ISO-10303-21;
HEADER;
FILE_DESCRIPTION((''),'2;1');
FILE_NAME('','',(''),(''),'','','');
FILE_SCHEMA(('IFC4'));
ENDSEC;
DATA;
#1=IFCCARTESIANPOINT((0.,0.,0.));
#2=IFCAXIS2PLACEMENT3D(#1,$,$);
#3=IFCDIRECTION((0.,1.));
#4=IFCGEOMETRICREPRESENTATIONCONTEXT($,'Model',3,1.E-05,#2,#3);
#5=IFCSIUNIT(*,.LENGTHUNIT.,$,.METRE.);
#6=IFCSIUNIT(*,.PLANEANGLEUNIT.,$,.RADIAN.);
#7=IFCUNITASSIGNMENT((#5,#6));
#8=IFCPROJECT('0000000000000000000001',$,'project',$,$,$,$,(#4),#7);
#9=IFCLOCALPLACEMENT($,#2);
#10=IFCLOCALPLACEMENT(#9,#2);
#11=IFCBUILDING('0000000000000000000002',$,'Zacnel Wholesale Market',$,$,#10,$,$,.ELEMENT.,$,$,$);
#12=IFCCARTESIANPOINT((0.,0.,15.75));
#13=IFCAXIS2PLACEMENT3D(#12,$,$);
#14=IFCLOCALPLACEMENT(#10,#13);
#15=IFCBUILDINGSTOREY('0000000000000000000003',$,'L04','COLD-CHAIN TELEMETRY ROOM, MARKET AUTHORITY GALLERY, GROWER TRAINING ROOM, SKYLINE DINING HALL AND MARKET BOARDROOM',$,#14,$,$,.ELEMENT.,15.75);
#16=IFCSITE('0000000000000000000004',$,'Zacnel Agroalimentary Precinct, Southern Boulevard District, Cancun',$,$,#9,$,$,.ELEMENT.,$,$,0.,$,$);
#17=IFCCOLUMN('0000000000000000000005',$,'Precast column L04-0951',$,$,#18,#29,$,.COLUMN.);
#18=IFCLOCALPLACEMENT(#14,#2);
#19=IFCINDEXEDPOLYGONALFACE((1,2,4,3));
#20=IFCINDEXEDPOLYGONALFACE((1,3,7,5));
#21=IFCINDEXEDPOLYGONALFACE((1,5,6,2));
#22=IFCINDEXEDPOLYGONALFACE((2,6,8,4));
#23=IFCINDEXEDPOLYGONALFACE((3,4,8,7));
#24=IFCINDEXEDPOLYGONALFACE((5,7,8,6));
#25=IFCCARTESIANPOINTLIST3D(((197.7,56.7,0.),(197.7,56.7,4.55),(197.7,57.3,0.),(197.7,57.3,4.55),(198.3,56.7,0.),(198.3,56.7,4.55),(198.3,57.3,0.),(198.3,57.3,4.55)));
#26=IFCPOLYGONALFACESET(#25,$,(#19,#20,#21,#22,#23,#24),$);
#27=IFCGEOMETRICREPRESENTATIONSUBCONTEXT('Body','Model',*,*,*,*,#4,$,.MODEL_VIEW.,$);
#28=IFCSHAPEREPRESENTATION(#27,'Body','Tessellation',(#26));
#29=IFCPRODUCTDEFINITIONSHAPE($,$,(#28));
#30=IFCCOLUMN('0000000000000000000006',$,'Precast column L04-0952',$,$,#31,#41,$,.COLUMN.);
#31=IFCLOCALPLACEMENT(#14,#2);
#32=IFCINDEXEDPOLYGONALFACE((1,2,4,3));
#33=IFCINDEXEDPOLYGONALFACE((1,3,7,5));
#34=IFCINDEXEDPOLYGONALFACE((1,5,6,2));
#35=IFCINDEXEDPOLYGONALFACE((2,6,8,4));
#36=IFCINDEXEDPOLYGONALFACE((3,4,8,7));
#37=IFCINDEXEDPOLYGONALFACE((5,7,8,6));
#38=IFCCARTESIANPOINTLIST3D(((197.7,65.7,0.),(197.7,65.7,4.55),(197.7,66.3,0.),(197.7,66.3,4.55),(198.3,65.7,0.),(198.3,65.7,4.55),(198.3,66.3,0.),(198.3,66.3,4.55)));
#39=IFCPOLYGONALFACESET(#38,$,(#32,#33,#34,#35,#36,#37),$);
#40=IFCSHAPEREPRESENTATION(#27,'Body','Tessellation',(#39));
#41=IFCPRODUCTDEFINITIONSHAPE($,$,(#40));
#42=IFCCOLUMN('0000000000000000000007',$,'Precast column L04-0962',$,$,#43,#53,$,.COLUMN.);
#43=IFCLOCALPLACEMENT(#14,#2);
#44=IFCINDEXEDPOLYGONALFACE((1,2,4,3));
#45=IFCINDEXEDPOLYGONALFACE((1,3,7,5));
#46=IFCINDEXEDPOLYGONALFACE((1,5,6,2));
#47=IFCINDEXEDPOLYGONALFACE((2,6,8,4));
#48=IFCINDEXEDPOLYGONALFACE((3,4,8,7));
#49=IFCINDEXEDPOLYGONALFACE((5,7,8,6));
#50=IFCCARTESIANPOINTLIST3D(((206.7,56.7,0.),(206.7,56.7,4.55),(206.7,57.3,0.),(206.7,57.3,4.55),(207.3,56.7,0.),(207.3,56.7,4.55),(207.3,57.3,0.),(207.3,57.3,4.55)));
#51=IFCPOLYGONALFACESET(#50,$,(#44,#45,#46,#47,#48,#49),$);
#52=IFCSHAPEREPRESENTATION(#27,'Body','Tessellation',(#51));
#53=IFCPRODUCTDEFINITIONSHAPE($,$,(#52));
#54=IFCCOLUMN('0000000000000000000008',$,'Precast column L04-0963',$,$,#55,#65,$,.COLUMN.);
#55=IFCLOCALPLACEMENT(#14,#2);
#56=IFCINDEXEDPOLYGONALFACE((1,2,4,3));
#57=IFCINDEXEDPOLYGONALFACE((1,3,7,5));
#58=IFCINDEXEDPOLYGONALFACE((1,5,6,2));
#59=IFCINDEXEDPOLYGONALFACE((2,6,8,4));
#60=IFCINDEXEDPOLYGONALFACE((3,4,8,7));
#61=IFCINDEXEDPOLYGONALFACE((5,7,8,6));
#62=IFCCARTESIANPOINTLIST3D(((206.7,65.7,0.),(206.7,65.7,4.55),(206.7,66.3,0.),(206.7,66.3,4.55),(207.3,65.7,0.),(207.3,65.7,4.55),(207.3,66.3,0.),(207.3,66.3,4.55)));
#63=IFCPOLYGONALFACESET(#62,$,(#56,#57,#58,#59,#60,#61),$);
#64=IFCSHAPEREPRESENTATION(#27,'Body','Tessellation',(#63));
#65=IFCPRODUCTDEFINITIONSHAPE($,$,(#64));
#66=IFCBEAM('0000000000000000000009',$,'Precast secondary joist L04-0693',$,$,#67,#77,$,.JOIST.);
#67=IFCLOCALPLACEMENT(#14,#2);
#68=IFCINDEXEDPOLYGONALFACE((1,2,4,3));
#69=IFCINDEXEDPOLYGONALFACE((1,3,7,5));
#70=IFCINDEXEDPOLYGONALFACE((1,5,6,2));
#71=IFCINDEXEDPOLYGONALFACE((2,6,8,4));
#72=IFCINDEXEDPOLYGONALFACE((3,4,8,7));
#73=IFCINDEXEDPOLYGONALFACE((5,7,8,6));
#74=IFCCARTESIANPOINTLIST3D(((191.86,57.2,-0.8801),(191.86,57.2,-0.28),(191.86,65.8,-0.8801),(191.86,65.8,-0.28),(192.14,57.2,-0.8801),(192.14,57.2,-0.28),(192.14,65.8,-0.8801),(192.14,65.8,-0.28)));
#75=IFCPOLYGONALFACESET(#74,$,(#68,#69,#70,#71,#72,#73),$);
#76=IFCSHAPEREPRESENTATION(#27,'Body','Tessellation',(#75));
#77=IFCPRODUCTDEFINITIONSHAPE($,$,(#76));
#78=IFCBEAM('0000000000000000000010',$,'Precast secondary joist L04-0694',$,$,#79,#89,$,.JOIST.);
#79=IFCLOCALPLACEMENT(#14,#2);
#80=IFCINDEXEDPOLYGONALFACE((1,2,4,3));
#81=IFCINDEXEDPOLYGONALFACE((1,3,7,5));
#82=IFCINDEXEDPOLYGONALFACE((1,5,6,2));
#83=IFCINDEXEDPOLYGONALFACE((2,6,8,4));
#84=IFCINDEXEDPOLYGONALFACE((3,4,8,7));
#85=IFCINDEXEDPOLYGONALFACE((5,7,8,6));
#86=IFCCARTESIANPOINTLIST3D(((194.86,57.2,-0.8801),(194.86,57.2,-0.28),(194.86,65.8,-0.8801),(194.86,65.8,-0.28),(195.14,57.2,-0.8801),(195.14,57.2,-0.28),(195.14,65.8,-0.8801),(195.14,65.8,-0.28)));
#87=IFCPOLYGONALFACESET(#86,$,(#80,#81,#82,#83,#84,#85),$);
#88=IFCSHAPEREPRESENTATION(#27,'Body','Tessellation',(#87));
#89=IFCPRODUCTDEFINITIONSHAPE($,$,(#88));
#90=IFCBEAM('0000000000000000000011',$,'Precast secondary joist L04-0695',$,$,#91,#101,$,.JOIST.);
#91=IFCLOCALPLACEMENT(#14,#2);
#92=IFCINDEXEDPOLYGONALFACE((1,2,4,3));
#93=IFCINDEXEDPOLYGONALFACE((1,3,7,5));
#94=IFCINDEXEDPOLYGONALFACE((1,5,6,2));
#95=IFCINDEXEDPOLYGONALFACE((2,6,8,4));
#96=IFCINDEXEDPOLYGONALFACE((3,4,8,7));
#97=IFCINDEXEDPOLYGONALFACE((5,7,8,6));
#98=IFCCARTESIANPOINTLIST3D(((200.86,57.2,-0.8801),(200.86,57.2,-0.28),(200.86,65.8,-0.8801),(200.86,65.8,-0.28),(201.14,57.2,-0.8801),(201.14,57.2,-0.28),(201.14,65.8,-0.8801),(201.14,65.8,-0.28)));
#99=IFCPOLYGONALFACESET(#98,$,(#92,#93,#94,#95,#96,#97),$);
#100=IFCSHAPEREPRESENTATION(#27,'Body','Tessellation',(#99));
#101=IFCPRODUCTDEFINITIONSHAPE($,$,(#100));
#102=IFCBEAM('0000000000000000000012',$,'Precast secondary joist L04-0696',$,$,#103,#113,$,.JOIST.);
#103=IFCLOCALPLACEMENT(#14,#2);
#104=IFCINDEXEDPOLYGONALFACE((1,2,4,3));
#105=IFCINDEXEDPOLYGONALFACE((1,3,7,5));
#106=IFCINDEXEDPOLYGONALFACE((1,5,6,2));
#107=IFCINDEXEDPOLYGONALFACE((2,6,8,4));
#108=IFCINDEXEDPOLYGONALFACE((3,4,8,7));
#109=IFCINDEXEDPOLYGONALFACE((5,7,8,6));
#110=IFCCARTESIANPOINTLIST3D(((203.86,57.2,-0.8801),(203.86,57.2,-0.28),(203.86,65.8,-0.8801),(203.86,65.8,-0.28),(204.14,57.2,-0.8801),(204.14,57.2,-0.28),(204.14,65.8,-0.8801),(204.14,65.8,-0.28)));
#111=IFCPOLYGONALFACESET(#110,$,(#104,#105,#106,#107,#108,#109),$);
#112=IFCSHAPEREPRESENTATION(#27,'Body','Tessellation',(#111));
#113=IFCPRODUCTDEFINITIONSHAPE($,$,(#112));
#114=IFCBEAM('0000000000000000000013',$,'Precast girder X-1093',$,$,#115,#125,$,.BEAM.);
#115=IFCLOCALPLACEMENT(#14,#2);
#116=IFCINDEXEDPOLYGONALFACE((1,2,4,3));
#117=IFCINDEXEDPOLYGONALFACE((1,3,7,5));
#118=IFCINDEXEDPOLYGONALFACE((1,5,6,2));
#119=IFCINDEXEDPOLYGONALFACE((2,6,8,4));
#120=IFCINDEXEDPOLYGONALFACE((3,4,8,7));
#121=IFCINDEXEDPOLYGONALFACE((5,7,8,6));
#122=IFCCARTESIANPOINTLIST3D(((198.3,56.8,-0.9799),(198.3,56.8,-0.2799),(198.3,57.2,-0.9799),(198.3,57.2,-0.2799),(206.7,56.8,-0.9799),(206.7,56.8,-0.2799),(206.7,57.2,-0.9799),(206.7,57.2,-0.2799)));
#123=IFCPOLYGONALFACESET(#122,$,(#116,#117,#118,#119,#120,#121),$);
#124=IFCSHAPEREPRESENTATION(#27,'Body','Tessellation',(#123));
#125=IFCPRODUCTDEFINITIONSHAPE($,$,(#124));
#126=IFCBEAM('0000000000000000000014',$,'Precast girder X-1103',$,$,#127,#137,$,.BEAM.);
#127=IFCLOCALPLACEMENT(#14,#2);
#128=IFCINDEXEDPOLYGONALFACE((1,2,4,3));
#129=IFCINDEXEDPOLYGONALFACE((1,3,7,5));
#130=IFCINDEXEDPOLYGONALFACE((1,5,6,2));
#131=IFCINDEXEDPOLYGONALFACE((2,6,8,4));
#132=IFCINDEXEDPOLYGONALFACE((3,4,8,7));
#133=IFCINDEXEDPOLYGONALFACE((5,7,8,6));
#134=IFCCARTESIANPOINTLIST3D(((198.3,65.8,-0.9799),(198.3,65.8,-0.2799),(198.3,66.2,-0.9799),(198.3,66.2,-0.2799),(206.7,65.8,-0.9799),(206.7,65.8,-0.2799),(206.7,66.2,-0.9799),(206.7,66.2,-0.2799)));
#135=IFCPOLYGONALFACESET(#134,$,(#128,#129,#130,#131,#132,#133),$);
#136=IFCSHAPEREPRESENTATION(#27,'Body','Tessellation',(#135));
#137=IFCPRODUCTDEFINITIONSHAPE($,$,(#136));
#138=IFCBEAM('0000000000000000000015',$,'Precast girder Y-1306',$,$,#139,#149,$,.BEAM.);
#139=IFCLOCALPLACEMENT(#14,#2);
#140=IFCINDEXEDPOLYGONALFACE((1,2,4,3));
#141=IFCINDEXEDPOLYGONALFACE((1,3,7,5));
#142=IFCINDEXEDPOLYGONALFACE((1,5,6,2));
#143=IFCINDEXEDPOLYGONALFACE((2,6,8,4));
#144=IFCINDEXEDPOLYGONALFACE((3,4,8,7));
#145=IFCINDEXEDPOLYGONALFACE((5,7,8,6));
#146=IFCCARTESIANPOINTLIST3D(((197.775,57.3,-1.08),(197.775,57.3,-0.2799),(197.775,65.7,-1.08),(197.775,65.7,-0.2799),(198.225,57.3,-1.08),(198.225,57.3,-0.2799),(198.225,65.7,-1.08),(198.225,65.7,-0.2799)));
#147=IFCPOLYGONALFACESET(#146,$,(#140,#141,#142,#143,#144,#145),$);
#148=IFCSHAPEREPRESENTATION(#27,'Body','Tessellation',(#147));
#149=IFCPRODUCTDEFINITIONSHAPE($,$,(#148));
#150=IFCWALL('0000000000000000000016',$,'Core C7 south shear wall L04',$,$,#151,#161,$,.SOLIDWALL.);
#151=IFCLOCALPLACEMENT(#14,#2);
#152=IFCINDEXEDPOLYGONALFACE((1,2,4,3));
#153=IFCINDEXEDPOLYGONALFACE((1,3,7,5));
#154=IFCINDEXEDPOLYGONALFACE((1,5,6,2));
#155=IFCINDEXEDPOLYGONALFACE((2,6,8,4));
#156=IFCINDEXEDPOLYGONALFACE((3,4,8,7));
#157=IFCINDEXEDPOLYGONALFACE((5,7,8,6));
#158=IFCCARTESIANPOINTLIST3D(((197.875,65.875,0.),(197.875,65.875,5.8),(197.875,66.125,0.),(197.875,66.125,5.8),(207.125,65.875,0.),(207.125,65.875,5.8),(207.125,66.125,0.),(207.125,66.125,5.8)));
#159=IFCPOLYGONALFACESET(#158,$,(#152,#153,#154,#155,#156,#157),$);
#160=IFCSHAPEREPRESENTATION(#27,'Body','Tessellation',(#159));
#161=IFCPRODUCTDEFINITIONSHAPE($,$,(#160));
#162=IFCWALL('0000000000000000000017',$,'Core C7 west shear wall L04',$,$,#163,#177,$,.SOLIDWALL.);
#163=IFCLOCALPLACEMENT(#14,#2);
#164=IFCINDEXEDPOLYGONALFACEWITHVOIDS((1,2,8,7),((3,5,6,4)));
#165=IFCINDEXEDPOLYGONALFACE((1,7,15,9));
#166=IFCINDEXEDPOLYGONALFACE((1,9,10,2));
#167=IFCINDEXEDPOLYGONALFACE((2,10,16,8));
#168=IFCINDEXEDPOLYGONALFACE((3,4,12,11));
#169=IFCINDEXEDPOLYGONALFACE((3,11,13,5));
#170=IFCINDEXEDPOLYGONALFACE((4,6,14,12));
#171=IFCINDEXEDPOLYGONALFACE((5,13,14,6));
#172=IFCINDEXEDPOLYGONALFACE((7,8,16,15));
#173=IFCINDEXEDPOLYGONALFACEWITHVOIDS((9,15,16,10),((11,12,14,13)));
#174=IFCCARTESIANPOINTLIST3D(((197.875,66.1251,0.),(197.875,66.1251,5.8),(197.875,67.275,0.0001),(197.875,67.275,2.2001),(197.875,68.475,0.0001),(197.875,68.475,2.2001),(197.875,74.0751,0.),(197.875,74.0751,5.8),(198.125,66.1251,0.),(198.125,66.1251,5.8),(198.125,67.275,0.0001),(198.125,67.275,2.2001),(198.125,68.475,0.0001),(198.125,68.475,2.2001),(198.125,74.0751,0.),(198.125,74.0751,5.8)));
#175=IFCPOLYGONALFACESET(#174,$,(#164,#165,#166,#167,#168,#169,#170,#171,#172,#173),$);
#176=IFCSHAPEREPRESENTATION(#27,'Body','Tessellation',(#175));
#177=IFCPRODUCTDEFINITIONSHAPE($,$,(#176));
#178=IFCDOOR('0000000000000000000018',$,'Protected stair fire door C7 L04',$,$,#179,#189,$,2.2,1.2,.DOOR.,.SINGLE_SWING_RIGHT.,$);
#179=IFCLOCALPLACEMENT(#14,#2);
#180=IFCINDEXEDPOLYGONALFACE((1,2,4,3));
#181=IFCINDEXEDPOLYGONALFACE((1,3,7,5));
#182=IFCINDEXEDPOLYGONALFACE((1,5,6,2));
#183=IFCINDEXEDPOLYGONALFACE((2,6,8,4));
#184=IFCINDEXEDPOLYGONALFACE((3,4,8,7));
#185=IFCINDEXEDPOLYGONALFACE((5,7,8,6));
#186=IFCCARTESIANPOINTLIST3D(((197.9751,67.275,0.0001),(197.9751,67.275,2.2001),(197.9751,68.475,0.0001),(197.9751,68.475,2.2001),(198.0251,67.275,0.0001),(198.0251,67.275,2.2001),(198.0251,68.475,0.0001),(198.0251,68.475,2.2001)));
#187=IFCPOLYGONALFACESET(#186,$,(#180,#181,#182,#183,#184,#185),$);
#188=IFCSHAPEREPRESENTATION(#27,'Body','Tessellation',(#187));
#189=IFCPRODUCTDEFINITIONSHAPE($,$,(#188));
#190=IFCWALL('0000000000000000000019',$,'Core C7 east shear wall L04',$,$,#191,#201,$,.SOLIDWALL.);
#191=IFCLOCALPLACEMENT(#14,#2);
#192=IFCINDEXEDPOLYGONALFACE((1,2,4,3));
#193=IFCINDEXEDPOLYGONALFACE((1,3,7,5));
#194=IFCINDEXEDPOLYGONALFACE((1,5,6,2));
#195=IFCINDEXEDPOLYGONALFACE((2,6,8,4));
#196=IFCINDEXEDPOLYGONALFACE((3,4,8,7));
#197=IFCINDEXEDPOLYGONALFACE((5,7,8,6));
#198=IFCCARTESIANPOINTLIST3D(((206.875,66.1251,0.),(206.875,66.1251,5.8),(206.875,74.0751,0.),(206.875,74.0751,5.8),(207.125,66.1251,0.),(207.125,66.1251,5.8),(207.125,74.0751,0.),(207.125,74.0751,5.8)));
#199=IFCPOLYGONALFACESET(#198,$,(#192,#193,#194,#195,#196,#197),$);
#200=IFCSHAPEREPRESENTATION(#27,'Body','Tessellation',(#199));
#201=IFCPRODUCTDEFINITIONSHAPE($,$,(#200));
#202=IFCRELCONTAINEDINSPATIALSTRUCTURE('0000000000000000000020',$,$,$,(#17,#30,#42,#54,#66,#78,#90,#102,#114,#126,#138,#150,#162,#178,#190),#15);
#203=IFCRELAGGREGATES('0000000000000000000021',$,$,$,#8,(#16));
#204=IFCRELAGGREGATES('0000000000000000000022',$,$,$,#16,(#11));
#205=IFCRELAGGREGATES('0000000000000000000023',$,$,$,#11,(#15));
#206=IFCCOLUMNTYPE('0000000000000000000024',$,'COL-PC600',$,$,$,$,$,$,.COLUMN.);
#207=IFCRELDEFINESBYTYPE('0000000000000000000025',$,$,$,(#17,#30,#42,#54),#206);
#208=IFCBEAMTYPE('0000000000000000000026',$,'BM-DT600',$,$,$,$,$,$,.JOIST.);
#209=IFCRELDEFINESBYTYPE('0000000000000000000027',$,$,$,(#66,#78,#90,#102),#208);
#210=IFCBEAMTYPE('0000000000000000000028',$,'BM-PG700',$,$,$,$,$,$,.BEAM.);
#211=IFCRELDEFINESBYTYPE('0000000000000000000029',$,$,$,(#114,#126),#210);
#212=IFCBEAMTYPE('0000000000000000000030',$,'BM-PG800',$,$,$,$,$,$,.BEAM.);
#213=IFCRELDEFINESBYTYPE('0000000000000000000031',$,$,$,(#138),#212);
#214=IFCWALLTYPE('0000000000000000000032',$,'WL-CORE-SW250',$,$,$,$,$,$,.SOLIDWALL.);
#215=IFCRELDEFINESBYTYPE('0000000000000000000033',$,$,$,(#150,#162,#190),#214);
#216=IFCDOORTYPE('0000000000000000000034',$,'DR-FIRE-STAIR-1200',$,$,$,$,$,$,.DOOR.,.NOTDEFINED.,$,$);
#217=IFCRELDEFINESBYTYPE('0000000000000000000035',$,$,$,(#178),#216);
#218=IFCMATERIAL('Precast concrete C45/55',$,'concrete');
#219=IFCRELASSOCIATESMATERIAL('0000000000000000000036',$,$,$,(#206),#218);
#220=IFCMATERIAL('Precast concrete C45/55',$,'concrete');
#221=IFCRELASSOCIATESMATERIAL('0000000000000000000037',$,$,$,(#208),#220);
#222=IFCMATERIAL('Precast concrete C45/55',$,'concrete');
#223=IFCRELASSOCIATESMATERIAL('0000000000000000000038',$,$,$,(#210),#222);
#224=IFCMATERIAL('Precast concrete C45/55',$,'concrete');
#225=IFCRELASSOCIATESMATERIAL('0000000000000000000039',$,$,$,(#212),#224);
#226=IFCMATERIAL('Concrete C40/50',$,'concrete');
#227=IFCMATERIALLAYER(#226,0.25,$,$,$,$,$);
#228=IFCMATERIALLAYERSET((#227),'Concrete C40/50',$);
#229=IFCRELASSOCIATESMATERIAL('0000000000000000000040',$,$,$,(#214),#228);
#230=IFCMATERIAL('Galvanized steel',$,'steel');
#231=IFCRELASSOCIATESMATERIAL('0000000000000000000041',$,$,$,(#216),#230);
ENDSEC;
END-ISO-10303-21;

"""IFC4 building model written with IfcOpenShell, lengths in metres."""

from ifc_helpers import new_model, si_unit, direction, frame, frame_2d, origin, origin_2d, place, context, subcontext, project, spatial, rectangle, extrude, material, layer, layer_set, material_profile, profile_set, type_object, element, fill, save


model = new_model("IFC4")

# Units and contexts
model_context = context("Model", 3, precision=1e-05, world=origin(), true_north=direction((0.0, 1.0)))
body_context = subcontext(model_context, "Body", "Model", "MODEL_VIEW")
ifc_project = project(units=[si_unit("LENGTHUNIT", "METRE"), si_unit("PLANEANGLEUNIT", "RADIAN")], contexts=[model_context])

# Site, building, storey
site_placement = place(None, origin())
site = spatial("IfcSite", under=ifc_project, at=site_placement, Name="Zacnel Agroalimentary Precinct, Southern Boulevard District, Cancun", CompositionType="ELEMENT", RefElevation=0.0)
building_placement = place(site_placement, origin())
building = spatial("IfcBuilding", under=site, at=building_placement, Name="Zacnel Wholesale Market", CompositionType="ELEMENT")
storey_placement = place(building_placement, frame((0.0, 0.0, 15.75)))
storey = spatial("IfcBuildingStorey", under=building, at=storey_placement, Name="L04", Description="COLD-CHAIN TELEMETRY ROOM, MARKET AUTHORITY GALLERY, GROWER TRAINING ROOM, SKYLINE DINING HALL AND MARKET BOARDROOM", CompositionType="ELEMENT", Elevation=15.75)

# Columns
ifc_material_1 = material(Name="Precast concrete C45/55", Category="concrete")
ifc_material_profile_1 = material_profile(ifc_material_1, rectangle(XDim=0.6001, YDim=0.6001, at=origin_2d()), Name="PC 600x600")
ifc_profile_set_1 = profile_set([ifc_material_profile_1], Name="Precast concrete C45/55")
column_type = type_object("IfcColumnType", Name="COL-PC600", PredefinedType="COLUMN", material=ifc_profile_set_1)
for number, where, z_axis, x_axis, name in (
    (1, (198.0, 57.0, 0.0), (0.0, 0.0, 1.0), (1.0, 0.0, 0.0), "Precast column L04-0951"),
    (2, (198.0, 66.0, 0.0), (0.0, 0.0, 1.0), (1.0, 0.0, 0.0), "Precast column L04-0952"),
    (3, (207.0, 57.0, 0.0), (0.0, 0.0, 1.0), (1.0, 0.0, 0.0), "Precast column L04-0962"),
    (4, (207.0, 66.0, 0.0), (0.0, 0.0, 1.0), (1.0, 0.0, 0.0), "Precast column L04-0963"),
):
    element("IfcColumn", number, at=place(storey_placement, frame(where, z_axis=z_axis, x_axis=x_axis)), inside=storey, type_object=column_type, Name=name, PredefinedType="COLUMN", context=body_context, shape_type="SweptSolid", body=[
        extrude(rectangle(XDim=0.6001, YDim=0.6001, at=origin_2d()), origin(), (0.0, 0.0, 1.0), 4.55),
    ])

# Beams
ifc_material_2 = material(Name="Precast concrete C45/55", Category="concrete")
ifc_material_profile_2 = material_profile(ifc_material_2, rectangle(XDim=0.28, YDim=0.6001, at=origin_2d()), Name="DT RIB 280x600")
ifc_profile_set_2 = profile_set([ifc_material_profile_2], Name="Precast concrete C45/55")
beam_type_1 = type_object("IfcBeamType", Name="BM-DT600", PredefinedType="JOIST", material=ifc_profile_set_2)
for number, where, z_axis, x_axis, name in (
    (5, (192.0, 57.2, -0.5801), (0.0, 1.0, 0.0), (-1.0, 0.0, 0.0), "Precast secondary joist L04-0693"),
    (6, (195.0, 57.2, -0.5801), (0.0, 1.0, 0.0), (-1.0, 0.0, 0.0), "Precast secondary joist L04-0694"),
    (7, (201.0, 57.2, -0.5801), (0.0, 1.0, 0.0), (-1.0, 0.0, 0.0), "Precast secondary joist L04-0695"),
    (8, (204.0, 57.2, -0.5801), (0.0, 1.0, 0.0), (-1.0, 0.0, 0.0), "Precast secondary joist L04-0696"),
):
    element("IfcBeam", number, at=place(storey_placement, frame(where, z_axis=z_axis, x_axis=x_axis)), inside=storey, type_object=beam_type_1, Name=name, PredefinedType="JOIST", context=body_context, shape_type="SweptSolid", body=[
        extrude(rectangle(XDim=0.28, YDim=0.6001, at=origin_2d()), origin(), (0.0, 0.0, 1.0), 8.6001),
    ])
ifc_material_3 = material(Name="Precast concrete C45/55", Category="concrete")
ifc_material_profile_3 = material_profile(ifc_material_3, rectangle(XDim=0.3999, YDim=0.7, at=origin_2d()), Name="PG 400x700")
ifc_profile_set_3 = profile_set([ifc_material_profile_3], Name="Precast concrete C45/55")
beam_type_2 = type_object("IfcBeamType", Name="BM-PG700", PredefinedType="BEAM", material=ifc_profile_set_3)
for number, where, z_axis, x_axis, name in (
    (9, (198.3, 57.0, -0.6299), (1.0, 0.0, 0.0), (0.0, 1.0, 0.0), "Precast girder X-1093"),
    (10, (198.3, 66.0, -0.6299), (1.0, 0.0, 0.0), (0.0, 1.0, 0.0), "Precast girder X-1103"),
):
    element("IfcBeam", number, at=place(storey_placement, frame(where, z_axis=z_axis, x_axis=x_axis)), inside=storey, type_object=beam_type_2, Name=name, PredefinedType="BEAM", context=body_context, shape_type="SweptSolid", body=[
        extrude(rectangle(XDim=0.3999, YDim=0.7, at=origin_2d()), origin(), (0.0, 0.0, 1.0), 8.3999),
    ])
ifc_material_4 = material(Name="Precast concrete C45/55", Category="concrete")
ifc_material_profile_4 = material_profile(ifc_material_4, rectangle(XDim=0.45, YDim=0.8, at=origin_2d()), Name="PG 450x800")
ifc_profile_set_4 = profile_set([ifc_material_profile_4], Name="Precast concrete C45/55")
beam_type_3 = type_object("IfcBeamType", Name="BM-PG800", PredefinedType="BEAM", material=ifc_profile_set_4)
beam_placement = place(storey_placement, frame((198.0, 57.3, -0.6799), z_axis=(0.0, 1.0, 0.0), x_axis=(-1.0, 0.0, 0.0)))
element("IfcBeam", 11, at=beam_placement, inside=storey, type_object=beam_type_3, Name="Precast girder Y-1306", PredefinedType="BEAM", context=body_context, shape_type="SweptSolid", body=[
    extrude(rectangle(XDim=0.45, YDim=0.8, at=origin_2d()), origin(), (0.0, 0.0, 1.0), 8.3999),
])

# Wall
ifc_material_5 = material(Name="Concrete C40/50", Category="concrete")
ifc_layer = layer(ifc_material_5, 0.25)
ifc_layer_set = layer_set([ifc_layer], Name="Concrete C40/50")
wall_type = type_object("IfcWallType", Name="WL-CORE-SW250", PredefinedType="SOLIDWALL", material=ifc_layer_set)
wall_1_placement = place(storey_placement, frame((197.875, 66.0, 0.0), z_axis=(0.0, 0.0, 1.0), x_axis=(1.0, 0.0, 0.0)))
element("IfcWall", 12, at=wall_1_placement, inside=storey, type_object=wall_type, Name="Core C7 south shear wall L04", PredefinedType="SOLIDWALL", context=body_context, shape_type="SweptSolid", body=[
    extrude(rectangle(XDim=9.25, YDim=0.25, at=frame_2d((4.625, 0.0))), origin(), (0.0, 0.0, 1.0), 5.8),
])

# Wall, opening, door
wall_2_placement = place(storey_placement, frame((198.0, 66.125, 0.0), z_axis=(0.0, 0.0, 1.0), x_axis=(0.0, 1.0, 0.0)))
wall_2 = element("IfcWall", 13, at=wall_2_placement, inside=storey, type_object=wall_type, Name="Core C7 west shear wall L04", PredefinedType="SOLIDWALL", context=body_context, shape_type="SweptSolid", body=[
    extrude(rectangle(XDim=7.95, YDim=0.25, at=frame_2d((3.9751, 0.0))), origin(), (0.0, 0.0, 1.0), 5.8),
])
opening_placement = place(wall_2_placement, frame((1.1499, 0.0, 0.0)))
opening = element("IfcOpeningElement", 14, at=opening_placement, cuts=wall_2, PredefinedType="OPENING", context=body_context, shape_type="SweptSolid", body=[
    extrude(rectangle(XDim=1.2, YDim=2.2, at=frame_2d((0.6001, 1.1001))), frame((0.0, 0.135, 0.0), z_axis=(0.0, -1.0, 0.0), x_axis=(1.0, 0.0, 0.0)), (0.0, 0.0, 1.0), 0.27),
])
ifc_material_6 = material(Name="Galvanized steel", Category="steel")
door_type = type_object("IfcDoorType", Name="DR-FIRE-STAIR-1200", OperationType="NOTDEFINED", PredefinedType="DOOR", material=ifc_material_6)
door_placement = place(opening_placement, origin())
door = element("IfcDoor", 15, at=door_placement, inside=storey, type_object=door_type, Name="Protected stair fire door C7 L04", OperationType="SINGLE_SWING_RIGHT", OverallHeight=2.2, OverallWidth=1.2, PredefinedType="DOOR", context=body_context, shape_type="SweptSolid", body=[
    extrude(rectangle(XDim=1.2, YDim=2.2, at=frame_2d((0.6001, 1.1001))), frame((0.0, 0.0249, 0.0), z_axis=(0.0, -1.0, 0.0), x_axis=(1.0, 0.0, 0.0)), (0.0, 0.0, 1.0), 0.05),
])
fill(opening, door)

# Wall
wall_3_placement = place(storey_placement, frame((207.0, 66.125, 0.0), z_axis=(0.0, 0.0, 1.0), x_axis=(0.0, 1.0, 0.0)))
element("IfcWall", 16, at=wall_3_placement, inside=storey, type_object=wall_type, Name="Core C7 east shear wall L04", PredefinedType="SOLIDWALL", context=body_context, shape_type="SweptSolid", body=[
    extrude(rectangle(XDim=7.95, YDim=0.25, at=frame_2d((3.9751, 0.0))), origin(), (0.0, 0.0, 1.0), 5.8),
])

save(model, "model.ifc")
